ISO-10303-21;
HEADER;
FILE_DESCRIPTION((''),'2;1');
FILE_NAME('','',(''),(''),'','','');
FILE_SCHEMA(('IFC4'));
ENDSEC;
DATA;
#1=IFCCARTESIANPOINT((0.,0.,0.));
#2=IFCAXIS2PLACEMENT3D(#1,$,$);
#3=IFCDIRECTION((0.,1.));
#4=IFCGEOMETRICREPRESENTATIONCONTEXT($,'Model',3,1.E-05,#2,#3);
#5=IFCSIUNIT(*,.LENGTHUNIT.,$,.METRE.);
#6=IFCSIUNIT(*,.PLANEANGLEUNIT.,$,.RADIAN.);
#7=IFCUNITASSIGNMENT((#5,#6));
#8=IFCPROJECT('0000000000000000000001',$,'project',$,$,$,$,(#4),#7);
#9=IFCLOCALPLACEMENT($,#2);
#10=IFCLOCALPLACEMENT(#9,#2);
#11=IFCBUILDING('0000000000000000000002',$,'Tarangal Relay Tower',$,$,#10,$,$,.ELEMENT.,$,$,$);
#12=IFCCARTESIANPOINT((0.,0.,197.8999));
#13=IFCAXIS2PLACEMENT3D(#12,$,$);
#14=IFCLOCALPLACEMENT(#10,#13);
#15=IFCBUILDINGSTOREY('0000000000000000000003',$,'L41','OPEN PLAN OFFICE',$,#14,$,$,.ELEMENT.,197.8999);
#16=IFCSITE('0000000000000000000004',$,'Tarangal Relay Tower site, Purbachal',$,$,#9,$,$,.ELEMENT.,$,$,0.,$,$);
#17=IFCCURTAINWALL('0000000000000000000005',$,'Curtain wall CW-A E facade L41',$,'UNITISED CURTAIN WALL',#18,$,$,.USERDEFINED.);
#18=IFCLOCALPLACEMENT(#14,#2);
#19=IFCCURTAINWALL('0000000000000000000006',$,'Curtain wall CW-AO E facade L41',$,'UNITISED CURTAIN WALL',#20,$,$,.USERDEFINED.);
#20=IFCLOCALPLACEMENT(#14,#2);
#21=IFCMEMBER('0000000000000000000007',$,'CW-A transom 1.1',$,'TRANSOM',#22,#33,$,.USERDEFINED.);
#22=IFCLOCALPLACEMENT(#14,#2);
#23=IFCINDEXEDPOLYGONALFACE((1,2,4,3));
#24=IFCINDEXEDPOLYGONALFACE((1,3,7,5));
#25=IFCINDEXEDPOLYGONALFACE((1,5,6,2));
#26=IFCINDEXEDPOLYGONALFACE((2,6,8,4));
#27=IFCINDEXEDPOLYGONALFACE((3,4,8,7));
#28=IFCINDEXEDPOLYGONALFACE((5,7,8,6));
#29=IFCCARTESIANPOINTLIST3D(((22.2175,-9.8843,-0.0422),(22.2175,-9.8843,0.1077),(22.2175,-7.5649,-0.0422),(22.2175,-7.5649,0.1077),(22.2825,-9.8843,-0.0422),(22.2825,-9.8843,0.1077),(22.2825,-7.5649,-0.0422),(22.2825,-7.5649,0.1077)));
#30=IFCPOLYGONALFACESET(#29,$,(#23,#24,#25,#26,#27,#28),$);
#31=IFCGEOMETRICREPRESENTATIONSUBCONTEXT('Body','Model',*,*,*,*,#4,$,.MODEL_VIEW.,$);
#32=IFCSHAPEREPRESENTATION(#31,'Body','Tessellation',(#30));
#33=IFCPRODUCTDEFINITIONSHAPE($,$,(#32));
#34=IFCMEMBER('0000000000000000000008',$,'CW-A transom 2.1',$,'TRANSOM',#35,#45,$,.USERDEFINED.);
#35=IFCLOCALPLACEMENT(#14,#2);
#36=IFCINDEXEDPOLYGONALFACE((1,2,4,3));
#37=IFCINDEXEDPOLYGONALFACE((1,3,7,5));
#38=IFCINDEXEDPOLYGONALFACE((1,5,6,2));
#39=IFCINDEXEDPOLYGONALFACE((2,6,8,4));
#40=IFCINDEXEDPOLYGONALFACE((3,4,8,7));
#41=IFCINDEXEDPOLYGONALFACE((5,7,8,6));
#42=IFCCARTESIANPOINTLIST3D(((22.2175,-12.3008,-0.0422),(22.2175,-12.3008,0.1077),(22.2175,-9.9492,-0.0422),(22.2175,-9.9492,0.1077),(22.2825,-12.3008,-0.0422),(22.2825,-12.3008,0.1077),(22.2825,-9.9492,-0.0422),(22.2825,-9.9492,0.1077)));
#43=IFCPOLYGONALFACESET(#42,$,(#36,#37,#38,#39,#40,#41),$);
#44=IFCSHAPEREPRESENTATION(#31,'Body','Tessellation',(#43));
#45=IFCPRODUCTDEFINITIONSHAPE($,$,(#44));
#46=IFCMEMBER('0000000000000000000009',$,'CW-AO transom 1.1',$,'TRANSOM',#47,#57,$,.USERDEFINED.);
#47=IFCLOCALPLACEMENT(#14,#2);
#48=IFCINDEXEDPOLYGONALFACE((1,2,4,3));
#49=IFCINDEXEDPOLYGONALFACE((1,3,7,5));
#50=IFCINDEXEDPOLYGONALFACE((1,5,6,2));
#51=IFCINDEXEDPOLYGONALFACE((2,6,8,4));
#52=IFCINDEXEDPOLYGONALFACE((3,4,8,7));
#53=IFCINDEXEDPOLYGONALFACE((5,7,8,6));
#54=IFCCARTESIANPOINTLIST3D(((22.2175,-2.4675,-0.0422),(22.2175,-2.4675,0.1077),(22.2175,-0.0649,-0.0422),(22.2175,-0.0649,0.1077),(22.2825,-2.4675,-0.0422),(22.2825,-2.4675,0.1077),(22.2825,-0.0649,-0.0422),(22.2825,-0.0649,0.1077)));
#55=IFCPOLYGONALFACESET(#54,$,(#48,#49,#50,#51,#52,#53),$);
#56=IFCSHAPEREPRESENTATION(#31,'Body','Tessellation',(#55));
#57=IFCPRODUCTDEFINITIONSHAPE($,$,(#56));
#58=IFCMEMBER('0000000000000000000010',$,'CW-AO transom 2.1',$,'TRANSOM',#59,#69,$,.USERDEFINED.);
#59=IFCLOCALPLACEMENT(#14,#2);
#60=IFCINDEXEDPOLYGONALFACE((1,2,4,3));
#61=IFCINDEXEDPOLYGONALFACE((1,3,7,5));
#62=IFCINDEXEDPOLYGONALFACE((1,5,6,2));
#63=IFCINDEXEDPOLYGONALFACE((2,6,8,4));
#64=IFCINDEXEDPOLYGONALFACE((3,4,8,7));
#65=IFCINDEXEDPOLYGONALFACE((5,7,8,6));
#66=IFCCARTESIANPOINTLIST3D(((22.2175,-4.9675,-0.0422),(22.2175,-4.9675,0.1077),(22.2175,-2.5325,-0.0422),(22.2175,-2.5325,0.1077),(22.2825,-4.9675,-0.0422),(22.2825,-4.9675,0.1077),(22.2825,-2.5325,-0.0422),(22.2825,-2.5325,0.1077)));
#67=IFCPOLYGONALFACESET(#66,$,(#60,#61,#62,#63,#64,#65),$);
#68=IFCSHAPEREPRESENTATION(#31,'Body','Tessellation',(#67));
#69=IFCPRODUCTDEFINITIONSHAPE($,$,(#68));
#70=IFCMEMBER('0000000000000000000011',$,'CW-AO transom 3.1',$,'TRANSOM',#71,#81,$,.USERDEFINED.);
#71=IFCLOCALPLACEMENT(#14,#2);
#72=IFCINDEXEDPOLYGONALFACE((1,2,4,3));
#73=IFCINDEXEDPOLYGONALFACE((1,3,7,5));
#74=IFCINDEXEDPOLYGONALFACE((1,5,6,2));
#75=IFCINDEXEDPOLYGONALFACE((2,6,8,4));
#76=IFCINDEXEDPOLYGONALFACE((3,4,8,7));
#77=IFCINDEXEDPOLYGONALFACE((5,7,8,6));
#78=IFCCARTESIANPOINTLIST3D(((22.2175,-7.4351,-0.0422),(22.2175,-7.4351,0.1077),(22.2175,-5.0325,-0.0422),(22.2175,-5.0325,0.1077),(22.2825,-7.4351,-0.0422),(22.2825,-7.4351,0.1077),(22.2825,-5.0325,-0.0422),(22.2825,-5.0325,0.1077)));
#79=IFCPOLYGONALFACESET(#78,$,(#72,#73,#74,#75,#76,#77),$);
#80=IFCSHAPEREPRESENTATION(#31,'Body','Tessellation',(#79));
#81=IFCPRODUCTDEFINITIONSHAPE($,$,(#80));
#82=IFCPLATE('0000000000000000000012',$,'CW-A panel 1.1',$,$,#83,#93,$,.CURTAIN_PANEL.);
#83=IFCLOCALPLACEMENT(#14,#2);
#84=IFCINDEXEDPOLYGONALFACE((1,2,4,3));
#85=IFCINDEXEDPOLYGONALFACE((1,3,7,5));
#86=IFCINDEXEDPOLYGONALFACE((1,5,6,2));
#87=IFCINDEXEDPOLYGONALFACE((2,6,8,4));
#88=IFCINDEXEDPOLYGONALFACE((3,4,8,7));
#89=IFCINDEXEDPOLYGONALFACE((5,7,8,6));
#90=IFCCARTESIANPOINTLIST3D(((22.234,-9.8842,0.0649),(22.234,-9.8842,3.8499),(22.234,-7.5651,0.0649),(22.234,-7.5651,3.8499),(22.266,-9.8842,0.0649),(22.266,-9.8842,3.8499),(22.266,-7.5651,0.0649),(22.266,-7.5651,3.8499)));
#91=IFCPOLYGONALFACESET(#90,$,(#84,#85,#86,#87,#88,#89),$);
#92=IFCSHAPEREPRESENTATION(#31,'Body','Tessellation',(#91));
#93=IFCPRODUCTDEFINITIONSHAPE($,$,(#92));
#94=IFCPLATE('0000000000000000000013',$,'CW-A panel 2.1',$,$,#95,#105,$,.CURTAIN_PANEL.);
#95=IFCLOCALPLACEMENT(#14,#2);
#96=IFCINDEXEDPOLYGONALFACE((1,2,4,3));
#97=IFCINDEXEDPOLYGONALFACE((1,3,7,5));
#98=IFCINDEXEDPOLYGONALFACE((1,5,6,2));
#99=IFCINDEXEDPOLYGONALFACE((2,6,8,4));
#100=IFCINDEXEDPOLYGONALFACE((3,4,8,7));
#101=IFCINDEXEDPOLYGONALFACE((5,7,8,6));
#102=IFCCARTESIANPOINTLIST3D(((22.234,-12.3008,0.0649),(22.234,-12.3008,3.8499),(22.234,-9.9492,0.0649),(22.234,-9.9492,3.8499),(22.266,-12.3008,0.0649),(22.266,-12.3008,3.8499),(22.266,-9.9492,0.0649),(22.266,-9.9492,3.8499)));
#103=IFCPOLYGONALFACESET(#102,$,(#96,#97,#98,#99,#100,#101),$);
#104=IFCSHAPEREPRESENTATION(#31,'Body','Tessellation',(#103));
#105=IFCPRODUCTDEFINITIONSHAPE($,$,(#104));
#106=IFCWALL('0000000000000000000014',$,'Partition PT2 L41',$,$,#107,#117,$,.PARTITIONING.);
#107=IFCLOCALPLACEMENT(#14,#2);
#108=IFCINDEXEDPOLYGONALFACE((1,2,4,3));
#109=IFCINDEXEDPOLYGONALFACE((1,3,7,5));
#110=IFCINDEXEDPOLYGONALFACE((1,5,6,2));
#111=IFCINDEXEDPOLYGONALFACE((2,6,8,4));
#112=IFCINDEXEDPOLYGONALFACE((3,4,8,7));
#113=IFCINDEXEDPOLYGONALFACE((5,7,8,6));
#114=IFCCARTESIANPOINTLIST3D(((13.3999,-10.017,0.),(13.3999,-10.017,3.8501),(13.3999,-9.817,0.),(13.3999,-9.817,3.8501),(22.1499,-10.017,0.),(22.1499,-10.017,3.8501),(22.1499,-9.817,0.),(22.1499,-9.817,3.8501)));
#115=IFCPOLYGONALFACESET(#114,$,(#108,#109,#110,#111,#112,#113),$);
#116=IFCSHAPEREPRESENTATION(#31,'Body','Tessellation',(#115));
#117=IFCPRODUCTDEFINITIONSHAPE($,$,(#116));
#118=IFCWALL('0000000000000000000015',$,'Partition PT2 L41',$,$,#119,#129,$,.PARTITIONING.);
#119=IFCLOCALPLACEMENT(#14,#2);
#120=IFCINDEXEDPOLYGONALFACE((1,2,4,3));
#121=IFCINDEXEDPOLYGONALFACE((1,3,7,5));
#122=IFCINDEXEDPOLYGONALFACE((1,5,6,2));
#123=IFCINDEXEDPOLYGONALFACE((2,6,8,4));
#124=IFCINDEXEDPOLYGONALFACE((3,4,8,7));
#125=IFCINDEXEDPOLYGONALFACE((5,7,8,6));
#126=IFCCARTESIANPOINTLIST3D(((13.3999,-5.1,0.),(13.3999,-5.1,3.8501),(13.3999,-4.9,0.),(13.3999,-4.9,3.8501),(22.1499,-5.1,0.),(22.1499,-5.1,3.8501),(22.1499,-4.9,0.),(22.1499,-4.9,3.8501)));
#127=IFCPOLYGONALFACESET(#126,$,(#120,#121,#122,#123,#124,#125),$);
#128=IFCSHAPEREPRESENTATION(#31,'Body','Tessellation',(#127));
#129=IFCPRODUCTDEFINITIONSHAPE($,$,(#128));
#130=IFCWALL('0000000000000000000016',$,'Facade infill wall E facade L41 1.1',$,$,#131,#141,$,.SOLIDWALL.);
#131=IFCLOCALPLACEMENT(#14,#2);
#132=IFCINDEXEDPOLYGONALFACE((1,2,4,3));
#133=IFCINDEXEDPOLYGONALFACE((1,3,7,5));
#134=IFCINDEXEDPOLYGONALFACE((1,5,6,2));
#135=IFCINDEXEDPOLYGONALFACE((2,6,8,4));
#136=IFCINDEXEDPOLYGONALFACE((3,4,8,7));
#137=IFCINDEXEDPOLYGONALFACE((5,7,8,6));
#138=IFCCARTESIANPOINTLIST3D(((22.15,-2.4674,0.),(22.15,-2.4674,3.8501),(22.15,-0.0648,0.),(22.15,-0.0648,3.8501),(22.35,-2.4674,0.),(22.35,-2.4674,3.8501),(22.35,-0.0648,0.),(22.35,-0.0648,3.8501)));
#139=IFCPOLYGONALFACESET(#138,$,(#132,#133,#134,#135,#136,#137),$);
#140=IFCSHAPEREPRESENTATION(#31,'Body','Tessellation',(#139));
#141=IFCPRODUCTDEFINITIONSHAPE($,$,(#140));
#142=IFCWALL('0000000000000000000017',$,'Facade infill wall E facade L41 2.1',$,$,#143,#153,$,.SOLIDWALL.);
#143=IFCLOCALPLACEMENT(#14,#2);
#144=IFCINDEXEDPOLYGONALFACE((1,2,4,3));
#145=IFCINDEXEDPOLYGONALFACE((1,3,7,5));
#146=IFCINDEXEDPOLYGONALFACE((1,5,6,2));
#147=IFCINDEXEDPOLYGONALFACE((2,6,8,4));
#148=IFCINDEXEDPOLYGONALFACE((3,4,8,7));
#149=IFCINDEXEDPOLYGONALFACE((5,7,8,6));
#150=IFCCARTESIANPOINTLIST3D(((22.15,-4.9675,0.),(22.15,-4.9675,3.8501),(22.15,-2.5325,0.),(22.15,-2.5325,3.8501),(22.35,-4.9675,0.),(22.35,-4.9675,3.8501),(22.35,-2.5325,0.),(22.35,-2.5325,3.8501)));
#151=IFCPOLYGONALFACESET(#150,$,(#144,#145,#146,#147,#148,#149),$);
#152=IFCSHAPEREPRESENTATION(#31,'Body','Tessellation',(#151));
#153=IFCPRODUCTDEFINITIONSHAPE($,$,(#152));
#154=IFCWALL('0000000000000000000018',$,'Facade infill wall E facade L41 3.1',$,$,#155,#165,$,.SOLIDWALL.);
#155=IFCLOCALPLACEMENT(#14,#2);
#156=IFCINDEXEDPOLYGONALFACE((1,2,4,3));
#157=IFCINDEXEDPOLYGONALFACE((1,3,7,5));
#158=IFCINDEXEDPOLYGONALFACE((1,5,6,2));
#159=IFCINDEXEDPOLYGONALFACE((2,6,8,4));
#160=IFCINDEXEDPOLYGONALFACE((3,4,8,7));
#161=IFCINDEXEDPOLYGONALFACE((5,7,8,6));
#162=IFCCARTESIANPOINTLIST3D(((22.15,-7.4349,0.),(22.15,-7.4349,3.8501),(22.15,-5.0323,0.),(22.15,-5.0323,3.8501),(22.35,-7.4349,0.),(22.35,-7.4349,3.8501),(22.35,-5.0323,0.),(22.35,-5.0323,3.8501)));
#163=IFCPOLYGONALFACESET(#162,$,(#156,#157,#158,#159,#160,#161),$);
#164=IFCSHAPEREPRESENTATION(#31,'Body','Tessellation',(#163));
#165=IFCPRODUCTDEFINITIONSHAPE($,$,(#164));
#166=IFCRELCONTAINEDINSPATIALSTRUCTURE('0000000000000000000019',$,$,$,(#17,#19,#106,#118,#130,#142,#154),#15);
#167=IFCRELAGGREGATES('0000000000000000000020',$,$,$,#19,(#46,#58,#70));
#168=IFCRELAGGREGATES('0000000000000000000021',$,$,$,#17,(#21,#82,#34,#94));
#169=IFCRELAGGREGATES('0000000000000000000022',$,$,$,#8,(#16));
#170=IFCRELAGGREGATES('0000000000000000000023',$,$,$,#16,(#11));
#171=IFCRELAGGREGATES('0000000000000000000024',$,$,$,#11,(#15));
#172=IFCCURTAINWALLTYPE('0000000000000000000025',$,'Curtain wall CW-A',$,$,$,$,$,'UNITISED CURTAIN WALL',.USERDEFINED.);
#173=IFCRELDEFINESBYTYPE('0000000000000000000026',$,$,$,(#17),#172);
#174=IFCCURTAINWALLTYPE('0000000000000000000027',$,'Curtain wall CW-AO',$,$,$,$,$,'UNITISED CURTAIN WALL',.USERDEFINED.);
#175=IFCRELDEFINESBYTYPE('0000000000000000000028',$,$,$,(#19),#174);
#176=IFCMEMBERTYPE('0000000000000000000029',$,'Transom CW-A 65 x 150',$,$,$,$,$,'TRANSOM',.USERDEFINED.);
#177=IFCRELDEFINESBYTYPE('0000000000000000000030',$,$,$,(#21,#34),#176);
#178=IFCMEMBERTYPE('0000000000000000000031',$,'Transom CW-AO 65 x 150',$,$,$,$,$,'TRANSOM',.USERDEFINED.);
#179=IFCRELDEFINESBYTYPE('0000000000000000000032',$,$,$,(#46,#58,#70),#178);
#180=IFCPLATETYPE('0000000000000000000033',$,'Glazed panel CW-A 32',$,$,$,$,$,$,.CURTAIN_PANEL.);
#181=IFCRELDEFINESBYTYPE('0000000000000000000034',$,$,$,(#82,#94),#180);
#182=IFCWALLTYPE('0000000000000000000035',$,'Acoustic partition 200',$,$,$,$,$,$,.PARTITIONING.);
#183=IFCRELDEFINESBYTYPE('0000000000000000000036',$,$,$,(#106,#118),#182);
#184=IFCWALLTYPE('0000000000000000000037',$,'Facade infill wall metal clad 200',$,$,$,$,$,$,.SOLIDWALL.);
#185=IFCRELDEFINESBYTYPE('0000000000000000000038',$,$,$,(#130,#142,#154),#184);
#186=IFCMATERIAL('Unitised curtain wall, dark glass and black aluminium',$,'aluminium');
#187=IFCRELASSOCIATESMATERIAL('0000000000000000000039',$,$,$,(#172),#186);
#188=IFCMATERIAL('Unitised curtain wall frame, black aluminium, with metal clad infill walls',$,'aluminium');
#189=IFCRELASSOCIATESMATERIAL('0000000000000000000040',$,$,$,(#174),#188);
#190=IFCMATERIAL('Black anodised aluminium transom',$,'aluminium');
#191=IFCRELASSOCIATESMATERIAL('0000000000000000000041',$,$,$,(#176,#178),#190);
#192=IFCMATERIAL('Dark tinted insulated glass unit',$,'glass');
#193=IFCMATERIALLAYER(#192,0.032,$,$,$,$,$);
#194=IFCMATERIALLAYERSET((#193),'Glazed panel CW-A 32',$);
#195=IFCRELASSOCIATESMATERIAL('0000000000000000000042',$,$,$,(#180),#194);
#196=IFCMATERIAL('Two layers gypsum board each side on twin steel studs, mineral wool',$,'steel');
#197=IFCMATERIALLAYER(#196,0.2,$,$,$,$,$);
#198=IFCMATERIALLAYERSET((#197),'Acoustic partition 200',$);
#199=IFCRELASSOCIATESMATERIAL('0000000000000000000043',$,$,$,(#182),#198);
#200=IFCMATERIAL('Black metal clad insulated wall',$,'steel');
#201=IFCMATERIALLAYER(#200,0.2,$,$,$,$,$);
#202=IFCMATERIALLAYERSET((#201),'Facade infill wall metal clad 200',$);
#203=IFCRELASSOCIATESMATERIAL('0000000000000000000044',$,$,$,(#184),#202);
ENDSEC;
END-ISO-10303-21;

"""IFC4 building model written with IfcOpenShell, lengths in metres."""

from ifc_helpers import new_model, si_unit, direction, frame, frame_2d, origin, origin_2d, place, context, subcontext, project, spatial, rectangle, extrude, material, layer, layer_set, material_profile, profile_set, type_object, element, aggregate, save


model = new_model("IFC4")

# Units and contexts
model_context = context("Model", 3, precision=1e-05, world=origin(), true_north=direction((0.0, 1.0)))
body_context = subcontext(model_context, "Body", "Model", "MODEL_VIEW")
ifc_project = project(units=[si_unit("LENGTHUNIT", "METRE"), si_unit("PLANEANGLEUNIT", "RADIAN")], contexts=[model_context])

# Site, building, storey
site_placement = place(None, origin())
site = spatial("IfcSite", under=ifc_project, at=site_placement, Name="Tarangal Relay Tower site, Purbachal", CompositionType="ELEMENT", RefElevation=0.0)
building_placement = place(site_placement, origin())
building = spatial("IfcBuilding", under=site, at=building_placement, Name="Tarangal Relay Tower", CompositionType="ELEMENT")
storey_placement = place(building_placement, frame((0.0, 0.0, 197.8999)))
storey = spatial("IfcBuildingStorey", under=building, at=storey_placement, Name="L41", Description="OPEN PLAN OFFICE", CompositionType="ELEMENT", Elevation=197.8999)

# Curtain walls
ifc_material_1 = material(Name="Unitised curtain wall, dark glass and black aluminium", Category="aluminium")
curtain_wall_type_1 = type_object("IfcCurtainWallType", Name="Curtain wall CW-A", ElementType="UNITISED CURTAIN WALL", PredefinedType="USERDEFINED", material=ifc_material_1)
curtain_wall_1_placement = place(storey_placement, origin())
curtain_wall_1 = element("IfcCurtainWall", 1, at=curtain_wall_1_placement, inside=storey, type_object=curtain_wall_type_1, Name="Curtain wall CW-A E facade L41", ObjectType="UNITISED CURTAIN WALL", PredefinedType="USERDEFINED")
ifc_material_2 = material(Name="Unitised curtain wall frame, black aluminium, with metal clad infill walls", Category="aluminium")
curtain_wall_type_2 = type_object("IfcCurtainWallType", Name="Curtain wall CW-AO", ElementType="UNITISED CURTAIN WALL", PredefinedType="USERDEFINED", material=ifc_material_2)
curtain_wall_2_placement = place(storey_placement, origin())
curtain_wall_2 = element("IfcCurtainWall", 2, at=curtain_wall_2_placement, inside=storey, type_object=curtain_wall_type_2, Name="Curtain wall CW-AO E facade L41", ObjectType="UNITISED CURTAIN WALL", PredefinedType="USERDEFINED")

# Members
ifc_material_3 = material(Name="Black anodised aluminium transom", Category="aluminium")
ifc_material_profile_1 = material_profile(ifc_material_3, rectangle(XDim=0.0649, YDim=0.1499, at=origin_2d()), Name="CW-AT 65X150")
ifc_profile_set_1 = profile_set([ifc_material_profile_1], Name="Black anodised aluminium transom")
member_type_1 = type_object("IfcMemberType", Name="Transom CW-A 65 x 150", ElementType="TRANSOM", PredefinedType="USERDEFINED", material=ifc_profile_set_1)
member_1_placement = place(storey_placement, frame((22.25, -7.5649, 0.0327), z_axis=(0.0, -1.0, 0.0), x_axis=(1.0, 0.0, 0.0)))
member_1 = element("IfcMember", 3, at=member_1_placement, type_object=member_type_1, Name="CW-A transom 1.1", ObjectType="TRANSOM", PredefinedType="USERDEFINED", context=body_context, shape_type="SweptSolid", body=[
    extrude(rectangle(XDim=0.0649, YDim=0.1499, at=origin_2d()), origin(), (0.0, 0.0, 1.0), 2.3193),
])
member_2_placement = place(storey_placement, frame((22.25, -9.9492, 0.0327), z_axis=(0.0, -1.0, 0.0), x_axis=(1.0, 0.0, 0.0)))
member_2 = element("IfcMember", 4, at=member_2_placement, type_object=member_type_1, Name="CW-A transom 2.1", ObjectType="TRANSOM", PredefinedType="USERDEFINED", context=body_context, shape_type="SweptSolid", body=[
    extrude(rectangle(XDim=0.0649, YDim=0.1499, at=origin_2d()), origin(), (0.0, 0.0, 1.0), 2.3516),
])
ifc_material_profile_2 = material_profile(ifc_material_3, rectangle(XDim=0.0649, YDim=0.1499, at=origin_2d()), Name="CW-AOT 65X150")
ifc_profile_set_2 = profile_set([ifc_material_profile_2], Name="Black anodised aluminium transom")
member_type_2 = type_object("IfcMemberType", Name="Transom CW-AO 65 x 150", ElementType="TRANSOM", PredefinedType="USERDEFINED", material=ifc_profile_set_2)
member_3_placement = place(storey_placement, frame((22.25, -0.0649, 0.0327), z_axis=(0.0, -1.0, 0.0), x_axis=(1.0, 0.0, 0.0)))
member_3 = element("IfcMember", 5, at=member_3_placement, type_object=member_type_2, Name="CW-AO transom 1.1", ObjectType="TRANSOM", PredefinedType="USERDEFINED", context=body_context, shape_type="SweptSolid", body=[
    extrude(rectangle(XDim=0.0649, YDim=0.1499, at=origin_2d()), origin(), (0.0, 0.0, 1.0), 2.4026),
])
member_4_placement = place(storey_placement, frame((22.25, -2.5325, 0.0327), z_axis=(0.0, -1.0, 0.0), x_axis=(1.0, 0.0, 0.0)))
member_4 = element("IfcMember", 6, at=member_4_placement, type_object=member_type_2, Name="CW-AO transom 2.1", ObjectType="TRANSOM", PredefinedType="USERDEFINED", context=body_context, shape_type="SweptSolid", body=[
    extrude(rectangle(XDim=0.0649, YDim=0.1499, at=origin_2d()), origin(), (0.0, 0.0, 1.0), 2.4351),
])
member_5_placement = place(storey_placement, frame((22.25, -5.0325, 0.0327), z_axis=(0.0, -1.0, 0.0), x_axis=(1.0, 0.0, 0.0)))
member_5 = element("IfcMember", 7, at=member_5_placement, type_object=member_type_2, Name="CW-AO transom 3.1", ObjectType="TRANSOM", PredefinedType="USERDEFINED", context=body_context, shape_type="SweptSolid", body=[
    extrude(rectangle(XDim=0.0649, YDim=0.1499, at=origin_2d()), origin(), (0.0, 0.0, 1.0), 2.4026),
])
aggregate(curtain_wall_2, [member_3, member_4, member_5])

# Plates
ifc_material_4 = material(Name="Dark tinted insulated glass unit", Category="glass")
ifc_layer_1 = layer(ifc_material_4, 0.032)
ifc_layer_set_1 = layer_set([ifc_layer_1], Name="Glazed panel CW-A 32")
plate_type = type_object("IfcPlateType", Name="Glazed panel CW-A 32", PredefinedType="CURTAIN_PANEL", material=ifc_layer_set_1)
plate_1_placement = place(storey_placement, frame((22.25, -8.7246, 0.0649), z_axis=(0.0, 0.0, 1.0), x_axis=(0.0, -1.0, 0.0)))
plate_1 = element("IfcPlate", 8, at=plate_1_placement, type_object=plate_type, Name="CW-A panel 1.1", PredefinedType="CURTAIN_PANEL", context=body_context, shape_type="SweptSolid", body=[
    extrude(rectangle(XDim=2.3191, YDim=0.032, at=origin_2d()), origin(), (0.0, 0.0, 1.0), 3.7849),
])
plate_2_placement = place(storey_placement, frame((22.25, -11.125, 0.0649), z_axis=(0.0, 0.0, 1.0), x_axis=(0.0, -1.0, 0.0)))
plate_2 = element("IfcPlate", 9, at=plate_2_placement, type_object=plate_type, Name="CW-A panel 2.1", PredefinedType="CURTAIN_PANEL", context=body_context, shape_type="SweptSolid", body=[
    extrude(rectangle(XDim=2.3516, YDim=0.032, at=origin_2d()), origin(), (0.0, 0.0, 1.0), 3.7849),
])
aggregate(curtain_wall_1, [member_1, plate_1, member_2, plate_2])

# Walls
ifc_material_5 = material(Name="Two layers gypsum board each side on twin steel studs, mineral wool", Category="steel")
ifc_layer_2 = layer(ifc_material_5, 0.2)
ifc_layer_set_2 = layer_set([ifc_layer_2], Name="Acoustic partition 200")
wall_type_1 = type_object("IfcWallType", Name="Acoustic partition 200", PredefinedType="PARTITIONING", material=ifc_layer_set_2)
for number, where, z_axis, x_axis, name in (
    (10, (13.3999, -9.917, 0.0), (0.0, 0.0, 1.0), (1.0, 0.0, 0.0), "Partition PT2 L41"),
    (11, (13.3999, -5.0, 0.0), (0.0, 0.0, 1.0), (1.0, 0.0, 0.0), "Partition PT2 L41"),
):
    element("IfcWall", number, at=place(storey_placement, frame(where, z_axis=z_axis, x_axis=x_axis)), inside=storey, type_object=wall_type_1, Name=name, PredefinedType="PARTITIONING", context=body_context, shape_type="SweptSolid", body=[
        extrude(rectangle(XDim=8.75, YDim=0.2, at=frame_2d((4.375, 0.0))), origin(), (0.0, 0.0, 1.0), 3.8501),
    ])

# Walls
ifc_material_6 = material(Name="Black metal clad insulated wall", Category="steel")
ifc_layer_3 = layer(ifc_material_6, 0.2)
ifc_layer_set_3 = layer_set([ifc_layer_3], Name="Facade infill wall metal clad 200")
wall_type_2 = type_object("IfcWallType", Name="Facade infill wall metal clad 200", PredefinedType="SOLIDWALL", material=ifc_layer_set_3)
wall_1_placement = place(storey_placement, frame((22.25, -0.0649, 0.0), z_axis=(0.0, 0.0, 1.0), x_axis=(0.0, -1.0, 0.0)))
element("IfcWall", 12, at=wall_1_placement, inside=storey, type_object=wall_type_2, Name="Facade infill wall E facade L41 1.1", PredefinedType="SOLIDWALL", context=body_context, shape_type="SweptSolid", body=[
    extrude(rectangle(XDim=2.4026, YDim=0.2, at=frame_2d((1.2012, 0.0))), origin(), (0.0, 0.0, 1.0), 3.8501),
])
wall_2_placement = place(storey_placement, frame((22.25, -2.5325, 0.0), z_axis=(0.0, 0.0, 1.0), x_axis=(0.0, -1.0, 0.0)))
element("IfcWall", 13, at=wall_2_placement, inside=storey, type_object=wall_type_2, Name="Facade infill wall E facade L41 2.1", PredefinedType="SOLIDWALL", context=body_context, shape_type="SweptSolid", body=[
    extrude(rectangle(XDim=2.4351, YDim=0.2, at=frame_2d((1.2175, 0.0))), origin(), (0.0, 0.0, 1.0), 3.8501),
])
wall_3_placement = place(storey_placement, frame((22.25, -5.0325, 0.0), z_axis=(0.0, 0.0, 1.0), x_axis=(0.0, -1.0, 0.0)))
element("IfcWall", 14, at=wall_3_placement, inside=storey, type_object=wall_type_2, Name="Facade infill wall E facade L41 3.1", PredefinedType="SOLIDWALL", context=body_context, shape_type="SweptSolid", body=[
    extrude(rectangle(XDim=2.4026, YDim=0.2, at=frame_2d((1.2012, 0.0))), origin(), (0.0, 0.0, 1.0), 3.8501),
])

save(model, "model.ifc")
